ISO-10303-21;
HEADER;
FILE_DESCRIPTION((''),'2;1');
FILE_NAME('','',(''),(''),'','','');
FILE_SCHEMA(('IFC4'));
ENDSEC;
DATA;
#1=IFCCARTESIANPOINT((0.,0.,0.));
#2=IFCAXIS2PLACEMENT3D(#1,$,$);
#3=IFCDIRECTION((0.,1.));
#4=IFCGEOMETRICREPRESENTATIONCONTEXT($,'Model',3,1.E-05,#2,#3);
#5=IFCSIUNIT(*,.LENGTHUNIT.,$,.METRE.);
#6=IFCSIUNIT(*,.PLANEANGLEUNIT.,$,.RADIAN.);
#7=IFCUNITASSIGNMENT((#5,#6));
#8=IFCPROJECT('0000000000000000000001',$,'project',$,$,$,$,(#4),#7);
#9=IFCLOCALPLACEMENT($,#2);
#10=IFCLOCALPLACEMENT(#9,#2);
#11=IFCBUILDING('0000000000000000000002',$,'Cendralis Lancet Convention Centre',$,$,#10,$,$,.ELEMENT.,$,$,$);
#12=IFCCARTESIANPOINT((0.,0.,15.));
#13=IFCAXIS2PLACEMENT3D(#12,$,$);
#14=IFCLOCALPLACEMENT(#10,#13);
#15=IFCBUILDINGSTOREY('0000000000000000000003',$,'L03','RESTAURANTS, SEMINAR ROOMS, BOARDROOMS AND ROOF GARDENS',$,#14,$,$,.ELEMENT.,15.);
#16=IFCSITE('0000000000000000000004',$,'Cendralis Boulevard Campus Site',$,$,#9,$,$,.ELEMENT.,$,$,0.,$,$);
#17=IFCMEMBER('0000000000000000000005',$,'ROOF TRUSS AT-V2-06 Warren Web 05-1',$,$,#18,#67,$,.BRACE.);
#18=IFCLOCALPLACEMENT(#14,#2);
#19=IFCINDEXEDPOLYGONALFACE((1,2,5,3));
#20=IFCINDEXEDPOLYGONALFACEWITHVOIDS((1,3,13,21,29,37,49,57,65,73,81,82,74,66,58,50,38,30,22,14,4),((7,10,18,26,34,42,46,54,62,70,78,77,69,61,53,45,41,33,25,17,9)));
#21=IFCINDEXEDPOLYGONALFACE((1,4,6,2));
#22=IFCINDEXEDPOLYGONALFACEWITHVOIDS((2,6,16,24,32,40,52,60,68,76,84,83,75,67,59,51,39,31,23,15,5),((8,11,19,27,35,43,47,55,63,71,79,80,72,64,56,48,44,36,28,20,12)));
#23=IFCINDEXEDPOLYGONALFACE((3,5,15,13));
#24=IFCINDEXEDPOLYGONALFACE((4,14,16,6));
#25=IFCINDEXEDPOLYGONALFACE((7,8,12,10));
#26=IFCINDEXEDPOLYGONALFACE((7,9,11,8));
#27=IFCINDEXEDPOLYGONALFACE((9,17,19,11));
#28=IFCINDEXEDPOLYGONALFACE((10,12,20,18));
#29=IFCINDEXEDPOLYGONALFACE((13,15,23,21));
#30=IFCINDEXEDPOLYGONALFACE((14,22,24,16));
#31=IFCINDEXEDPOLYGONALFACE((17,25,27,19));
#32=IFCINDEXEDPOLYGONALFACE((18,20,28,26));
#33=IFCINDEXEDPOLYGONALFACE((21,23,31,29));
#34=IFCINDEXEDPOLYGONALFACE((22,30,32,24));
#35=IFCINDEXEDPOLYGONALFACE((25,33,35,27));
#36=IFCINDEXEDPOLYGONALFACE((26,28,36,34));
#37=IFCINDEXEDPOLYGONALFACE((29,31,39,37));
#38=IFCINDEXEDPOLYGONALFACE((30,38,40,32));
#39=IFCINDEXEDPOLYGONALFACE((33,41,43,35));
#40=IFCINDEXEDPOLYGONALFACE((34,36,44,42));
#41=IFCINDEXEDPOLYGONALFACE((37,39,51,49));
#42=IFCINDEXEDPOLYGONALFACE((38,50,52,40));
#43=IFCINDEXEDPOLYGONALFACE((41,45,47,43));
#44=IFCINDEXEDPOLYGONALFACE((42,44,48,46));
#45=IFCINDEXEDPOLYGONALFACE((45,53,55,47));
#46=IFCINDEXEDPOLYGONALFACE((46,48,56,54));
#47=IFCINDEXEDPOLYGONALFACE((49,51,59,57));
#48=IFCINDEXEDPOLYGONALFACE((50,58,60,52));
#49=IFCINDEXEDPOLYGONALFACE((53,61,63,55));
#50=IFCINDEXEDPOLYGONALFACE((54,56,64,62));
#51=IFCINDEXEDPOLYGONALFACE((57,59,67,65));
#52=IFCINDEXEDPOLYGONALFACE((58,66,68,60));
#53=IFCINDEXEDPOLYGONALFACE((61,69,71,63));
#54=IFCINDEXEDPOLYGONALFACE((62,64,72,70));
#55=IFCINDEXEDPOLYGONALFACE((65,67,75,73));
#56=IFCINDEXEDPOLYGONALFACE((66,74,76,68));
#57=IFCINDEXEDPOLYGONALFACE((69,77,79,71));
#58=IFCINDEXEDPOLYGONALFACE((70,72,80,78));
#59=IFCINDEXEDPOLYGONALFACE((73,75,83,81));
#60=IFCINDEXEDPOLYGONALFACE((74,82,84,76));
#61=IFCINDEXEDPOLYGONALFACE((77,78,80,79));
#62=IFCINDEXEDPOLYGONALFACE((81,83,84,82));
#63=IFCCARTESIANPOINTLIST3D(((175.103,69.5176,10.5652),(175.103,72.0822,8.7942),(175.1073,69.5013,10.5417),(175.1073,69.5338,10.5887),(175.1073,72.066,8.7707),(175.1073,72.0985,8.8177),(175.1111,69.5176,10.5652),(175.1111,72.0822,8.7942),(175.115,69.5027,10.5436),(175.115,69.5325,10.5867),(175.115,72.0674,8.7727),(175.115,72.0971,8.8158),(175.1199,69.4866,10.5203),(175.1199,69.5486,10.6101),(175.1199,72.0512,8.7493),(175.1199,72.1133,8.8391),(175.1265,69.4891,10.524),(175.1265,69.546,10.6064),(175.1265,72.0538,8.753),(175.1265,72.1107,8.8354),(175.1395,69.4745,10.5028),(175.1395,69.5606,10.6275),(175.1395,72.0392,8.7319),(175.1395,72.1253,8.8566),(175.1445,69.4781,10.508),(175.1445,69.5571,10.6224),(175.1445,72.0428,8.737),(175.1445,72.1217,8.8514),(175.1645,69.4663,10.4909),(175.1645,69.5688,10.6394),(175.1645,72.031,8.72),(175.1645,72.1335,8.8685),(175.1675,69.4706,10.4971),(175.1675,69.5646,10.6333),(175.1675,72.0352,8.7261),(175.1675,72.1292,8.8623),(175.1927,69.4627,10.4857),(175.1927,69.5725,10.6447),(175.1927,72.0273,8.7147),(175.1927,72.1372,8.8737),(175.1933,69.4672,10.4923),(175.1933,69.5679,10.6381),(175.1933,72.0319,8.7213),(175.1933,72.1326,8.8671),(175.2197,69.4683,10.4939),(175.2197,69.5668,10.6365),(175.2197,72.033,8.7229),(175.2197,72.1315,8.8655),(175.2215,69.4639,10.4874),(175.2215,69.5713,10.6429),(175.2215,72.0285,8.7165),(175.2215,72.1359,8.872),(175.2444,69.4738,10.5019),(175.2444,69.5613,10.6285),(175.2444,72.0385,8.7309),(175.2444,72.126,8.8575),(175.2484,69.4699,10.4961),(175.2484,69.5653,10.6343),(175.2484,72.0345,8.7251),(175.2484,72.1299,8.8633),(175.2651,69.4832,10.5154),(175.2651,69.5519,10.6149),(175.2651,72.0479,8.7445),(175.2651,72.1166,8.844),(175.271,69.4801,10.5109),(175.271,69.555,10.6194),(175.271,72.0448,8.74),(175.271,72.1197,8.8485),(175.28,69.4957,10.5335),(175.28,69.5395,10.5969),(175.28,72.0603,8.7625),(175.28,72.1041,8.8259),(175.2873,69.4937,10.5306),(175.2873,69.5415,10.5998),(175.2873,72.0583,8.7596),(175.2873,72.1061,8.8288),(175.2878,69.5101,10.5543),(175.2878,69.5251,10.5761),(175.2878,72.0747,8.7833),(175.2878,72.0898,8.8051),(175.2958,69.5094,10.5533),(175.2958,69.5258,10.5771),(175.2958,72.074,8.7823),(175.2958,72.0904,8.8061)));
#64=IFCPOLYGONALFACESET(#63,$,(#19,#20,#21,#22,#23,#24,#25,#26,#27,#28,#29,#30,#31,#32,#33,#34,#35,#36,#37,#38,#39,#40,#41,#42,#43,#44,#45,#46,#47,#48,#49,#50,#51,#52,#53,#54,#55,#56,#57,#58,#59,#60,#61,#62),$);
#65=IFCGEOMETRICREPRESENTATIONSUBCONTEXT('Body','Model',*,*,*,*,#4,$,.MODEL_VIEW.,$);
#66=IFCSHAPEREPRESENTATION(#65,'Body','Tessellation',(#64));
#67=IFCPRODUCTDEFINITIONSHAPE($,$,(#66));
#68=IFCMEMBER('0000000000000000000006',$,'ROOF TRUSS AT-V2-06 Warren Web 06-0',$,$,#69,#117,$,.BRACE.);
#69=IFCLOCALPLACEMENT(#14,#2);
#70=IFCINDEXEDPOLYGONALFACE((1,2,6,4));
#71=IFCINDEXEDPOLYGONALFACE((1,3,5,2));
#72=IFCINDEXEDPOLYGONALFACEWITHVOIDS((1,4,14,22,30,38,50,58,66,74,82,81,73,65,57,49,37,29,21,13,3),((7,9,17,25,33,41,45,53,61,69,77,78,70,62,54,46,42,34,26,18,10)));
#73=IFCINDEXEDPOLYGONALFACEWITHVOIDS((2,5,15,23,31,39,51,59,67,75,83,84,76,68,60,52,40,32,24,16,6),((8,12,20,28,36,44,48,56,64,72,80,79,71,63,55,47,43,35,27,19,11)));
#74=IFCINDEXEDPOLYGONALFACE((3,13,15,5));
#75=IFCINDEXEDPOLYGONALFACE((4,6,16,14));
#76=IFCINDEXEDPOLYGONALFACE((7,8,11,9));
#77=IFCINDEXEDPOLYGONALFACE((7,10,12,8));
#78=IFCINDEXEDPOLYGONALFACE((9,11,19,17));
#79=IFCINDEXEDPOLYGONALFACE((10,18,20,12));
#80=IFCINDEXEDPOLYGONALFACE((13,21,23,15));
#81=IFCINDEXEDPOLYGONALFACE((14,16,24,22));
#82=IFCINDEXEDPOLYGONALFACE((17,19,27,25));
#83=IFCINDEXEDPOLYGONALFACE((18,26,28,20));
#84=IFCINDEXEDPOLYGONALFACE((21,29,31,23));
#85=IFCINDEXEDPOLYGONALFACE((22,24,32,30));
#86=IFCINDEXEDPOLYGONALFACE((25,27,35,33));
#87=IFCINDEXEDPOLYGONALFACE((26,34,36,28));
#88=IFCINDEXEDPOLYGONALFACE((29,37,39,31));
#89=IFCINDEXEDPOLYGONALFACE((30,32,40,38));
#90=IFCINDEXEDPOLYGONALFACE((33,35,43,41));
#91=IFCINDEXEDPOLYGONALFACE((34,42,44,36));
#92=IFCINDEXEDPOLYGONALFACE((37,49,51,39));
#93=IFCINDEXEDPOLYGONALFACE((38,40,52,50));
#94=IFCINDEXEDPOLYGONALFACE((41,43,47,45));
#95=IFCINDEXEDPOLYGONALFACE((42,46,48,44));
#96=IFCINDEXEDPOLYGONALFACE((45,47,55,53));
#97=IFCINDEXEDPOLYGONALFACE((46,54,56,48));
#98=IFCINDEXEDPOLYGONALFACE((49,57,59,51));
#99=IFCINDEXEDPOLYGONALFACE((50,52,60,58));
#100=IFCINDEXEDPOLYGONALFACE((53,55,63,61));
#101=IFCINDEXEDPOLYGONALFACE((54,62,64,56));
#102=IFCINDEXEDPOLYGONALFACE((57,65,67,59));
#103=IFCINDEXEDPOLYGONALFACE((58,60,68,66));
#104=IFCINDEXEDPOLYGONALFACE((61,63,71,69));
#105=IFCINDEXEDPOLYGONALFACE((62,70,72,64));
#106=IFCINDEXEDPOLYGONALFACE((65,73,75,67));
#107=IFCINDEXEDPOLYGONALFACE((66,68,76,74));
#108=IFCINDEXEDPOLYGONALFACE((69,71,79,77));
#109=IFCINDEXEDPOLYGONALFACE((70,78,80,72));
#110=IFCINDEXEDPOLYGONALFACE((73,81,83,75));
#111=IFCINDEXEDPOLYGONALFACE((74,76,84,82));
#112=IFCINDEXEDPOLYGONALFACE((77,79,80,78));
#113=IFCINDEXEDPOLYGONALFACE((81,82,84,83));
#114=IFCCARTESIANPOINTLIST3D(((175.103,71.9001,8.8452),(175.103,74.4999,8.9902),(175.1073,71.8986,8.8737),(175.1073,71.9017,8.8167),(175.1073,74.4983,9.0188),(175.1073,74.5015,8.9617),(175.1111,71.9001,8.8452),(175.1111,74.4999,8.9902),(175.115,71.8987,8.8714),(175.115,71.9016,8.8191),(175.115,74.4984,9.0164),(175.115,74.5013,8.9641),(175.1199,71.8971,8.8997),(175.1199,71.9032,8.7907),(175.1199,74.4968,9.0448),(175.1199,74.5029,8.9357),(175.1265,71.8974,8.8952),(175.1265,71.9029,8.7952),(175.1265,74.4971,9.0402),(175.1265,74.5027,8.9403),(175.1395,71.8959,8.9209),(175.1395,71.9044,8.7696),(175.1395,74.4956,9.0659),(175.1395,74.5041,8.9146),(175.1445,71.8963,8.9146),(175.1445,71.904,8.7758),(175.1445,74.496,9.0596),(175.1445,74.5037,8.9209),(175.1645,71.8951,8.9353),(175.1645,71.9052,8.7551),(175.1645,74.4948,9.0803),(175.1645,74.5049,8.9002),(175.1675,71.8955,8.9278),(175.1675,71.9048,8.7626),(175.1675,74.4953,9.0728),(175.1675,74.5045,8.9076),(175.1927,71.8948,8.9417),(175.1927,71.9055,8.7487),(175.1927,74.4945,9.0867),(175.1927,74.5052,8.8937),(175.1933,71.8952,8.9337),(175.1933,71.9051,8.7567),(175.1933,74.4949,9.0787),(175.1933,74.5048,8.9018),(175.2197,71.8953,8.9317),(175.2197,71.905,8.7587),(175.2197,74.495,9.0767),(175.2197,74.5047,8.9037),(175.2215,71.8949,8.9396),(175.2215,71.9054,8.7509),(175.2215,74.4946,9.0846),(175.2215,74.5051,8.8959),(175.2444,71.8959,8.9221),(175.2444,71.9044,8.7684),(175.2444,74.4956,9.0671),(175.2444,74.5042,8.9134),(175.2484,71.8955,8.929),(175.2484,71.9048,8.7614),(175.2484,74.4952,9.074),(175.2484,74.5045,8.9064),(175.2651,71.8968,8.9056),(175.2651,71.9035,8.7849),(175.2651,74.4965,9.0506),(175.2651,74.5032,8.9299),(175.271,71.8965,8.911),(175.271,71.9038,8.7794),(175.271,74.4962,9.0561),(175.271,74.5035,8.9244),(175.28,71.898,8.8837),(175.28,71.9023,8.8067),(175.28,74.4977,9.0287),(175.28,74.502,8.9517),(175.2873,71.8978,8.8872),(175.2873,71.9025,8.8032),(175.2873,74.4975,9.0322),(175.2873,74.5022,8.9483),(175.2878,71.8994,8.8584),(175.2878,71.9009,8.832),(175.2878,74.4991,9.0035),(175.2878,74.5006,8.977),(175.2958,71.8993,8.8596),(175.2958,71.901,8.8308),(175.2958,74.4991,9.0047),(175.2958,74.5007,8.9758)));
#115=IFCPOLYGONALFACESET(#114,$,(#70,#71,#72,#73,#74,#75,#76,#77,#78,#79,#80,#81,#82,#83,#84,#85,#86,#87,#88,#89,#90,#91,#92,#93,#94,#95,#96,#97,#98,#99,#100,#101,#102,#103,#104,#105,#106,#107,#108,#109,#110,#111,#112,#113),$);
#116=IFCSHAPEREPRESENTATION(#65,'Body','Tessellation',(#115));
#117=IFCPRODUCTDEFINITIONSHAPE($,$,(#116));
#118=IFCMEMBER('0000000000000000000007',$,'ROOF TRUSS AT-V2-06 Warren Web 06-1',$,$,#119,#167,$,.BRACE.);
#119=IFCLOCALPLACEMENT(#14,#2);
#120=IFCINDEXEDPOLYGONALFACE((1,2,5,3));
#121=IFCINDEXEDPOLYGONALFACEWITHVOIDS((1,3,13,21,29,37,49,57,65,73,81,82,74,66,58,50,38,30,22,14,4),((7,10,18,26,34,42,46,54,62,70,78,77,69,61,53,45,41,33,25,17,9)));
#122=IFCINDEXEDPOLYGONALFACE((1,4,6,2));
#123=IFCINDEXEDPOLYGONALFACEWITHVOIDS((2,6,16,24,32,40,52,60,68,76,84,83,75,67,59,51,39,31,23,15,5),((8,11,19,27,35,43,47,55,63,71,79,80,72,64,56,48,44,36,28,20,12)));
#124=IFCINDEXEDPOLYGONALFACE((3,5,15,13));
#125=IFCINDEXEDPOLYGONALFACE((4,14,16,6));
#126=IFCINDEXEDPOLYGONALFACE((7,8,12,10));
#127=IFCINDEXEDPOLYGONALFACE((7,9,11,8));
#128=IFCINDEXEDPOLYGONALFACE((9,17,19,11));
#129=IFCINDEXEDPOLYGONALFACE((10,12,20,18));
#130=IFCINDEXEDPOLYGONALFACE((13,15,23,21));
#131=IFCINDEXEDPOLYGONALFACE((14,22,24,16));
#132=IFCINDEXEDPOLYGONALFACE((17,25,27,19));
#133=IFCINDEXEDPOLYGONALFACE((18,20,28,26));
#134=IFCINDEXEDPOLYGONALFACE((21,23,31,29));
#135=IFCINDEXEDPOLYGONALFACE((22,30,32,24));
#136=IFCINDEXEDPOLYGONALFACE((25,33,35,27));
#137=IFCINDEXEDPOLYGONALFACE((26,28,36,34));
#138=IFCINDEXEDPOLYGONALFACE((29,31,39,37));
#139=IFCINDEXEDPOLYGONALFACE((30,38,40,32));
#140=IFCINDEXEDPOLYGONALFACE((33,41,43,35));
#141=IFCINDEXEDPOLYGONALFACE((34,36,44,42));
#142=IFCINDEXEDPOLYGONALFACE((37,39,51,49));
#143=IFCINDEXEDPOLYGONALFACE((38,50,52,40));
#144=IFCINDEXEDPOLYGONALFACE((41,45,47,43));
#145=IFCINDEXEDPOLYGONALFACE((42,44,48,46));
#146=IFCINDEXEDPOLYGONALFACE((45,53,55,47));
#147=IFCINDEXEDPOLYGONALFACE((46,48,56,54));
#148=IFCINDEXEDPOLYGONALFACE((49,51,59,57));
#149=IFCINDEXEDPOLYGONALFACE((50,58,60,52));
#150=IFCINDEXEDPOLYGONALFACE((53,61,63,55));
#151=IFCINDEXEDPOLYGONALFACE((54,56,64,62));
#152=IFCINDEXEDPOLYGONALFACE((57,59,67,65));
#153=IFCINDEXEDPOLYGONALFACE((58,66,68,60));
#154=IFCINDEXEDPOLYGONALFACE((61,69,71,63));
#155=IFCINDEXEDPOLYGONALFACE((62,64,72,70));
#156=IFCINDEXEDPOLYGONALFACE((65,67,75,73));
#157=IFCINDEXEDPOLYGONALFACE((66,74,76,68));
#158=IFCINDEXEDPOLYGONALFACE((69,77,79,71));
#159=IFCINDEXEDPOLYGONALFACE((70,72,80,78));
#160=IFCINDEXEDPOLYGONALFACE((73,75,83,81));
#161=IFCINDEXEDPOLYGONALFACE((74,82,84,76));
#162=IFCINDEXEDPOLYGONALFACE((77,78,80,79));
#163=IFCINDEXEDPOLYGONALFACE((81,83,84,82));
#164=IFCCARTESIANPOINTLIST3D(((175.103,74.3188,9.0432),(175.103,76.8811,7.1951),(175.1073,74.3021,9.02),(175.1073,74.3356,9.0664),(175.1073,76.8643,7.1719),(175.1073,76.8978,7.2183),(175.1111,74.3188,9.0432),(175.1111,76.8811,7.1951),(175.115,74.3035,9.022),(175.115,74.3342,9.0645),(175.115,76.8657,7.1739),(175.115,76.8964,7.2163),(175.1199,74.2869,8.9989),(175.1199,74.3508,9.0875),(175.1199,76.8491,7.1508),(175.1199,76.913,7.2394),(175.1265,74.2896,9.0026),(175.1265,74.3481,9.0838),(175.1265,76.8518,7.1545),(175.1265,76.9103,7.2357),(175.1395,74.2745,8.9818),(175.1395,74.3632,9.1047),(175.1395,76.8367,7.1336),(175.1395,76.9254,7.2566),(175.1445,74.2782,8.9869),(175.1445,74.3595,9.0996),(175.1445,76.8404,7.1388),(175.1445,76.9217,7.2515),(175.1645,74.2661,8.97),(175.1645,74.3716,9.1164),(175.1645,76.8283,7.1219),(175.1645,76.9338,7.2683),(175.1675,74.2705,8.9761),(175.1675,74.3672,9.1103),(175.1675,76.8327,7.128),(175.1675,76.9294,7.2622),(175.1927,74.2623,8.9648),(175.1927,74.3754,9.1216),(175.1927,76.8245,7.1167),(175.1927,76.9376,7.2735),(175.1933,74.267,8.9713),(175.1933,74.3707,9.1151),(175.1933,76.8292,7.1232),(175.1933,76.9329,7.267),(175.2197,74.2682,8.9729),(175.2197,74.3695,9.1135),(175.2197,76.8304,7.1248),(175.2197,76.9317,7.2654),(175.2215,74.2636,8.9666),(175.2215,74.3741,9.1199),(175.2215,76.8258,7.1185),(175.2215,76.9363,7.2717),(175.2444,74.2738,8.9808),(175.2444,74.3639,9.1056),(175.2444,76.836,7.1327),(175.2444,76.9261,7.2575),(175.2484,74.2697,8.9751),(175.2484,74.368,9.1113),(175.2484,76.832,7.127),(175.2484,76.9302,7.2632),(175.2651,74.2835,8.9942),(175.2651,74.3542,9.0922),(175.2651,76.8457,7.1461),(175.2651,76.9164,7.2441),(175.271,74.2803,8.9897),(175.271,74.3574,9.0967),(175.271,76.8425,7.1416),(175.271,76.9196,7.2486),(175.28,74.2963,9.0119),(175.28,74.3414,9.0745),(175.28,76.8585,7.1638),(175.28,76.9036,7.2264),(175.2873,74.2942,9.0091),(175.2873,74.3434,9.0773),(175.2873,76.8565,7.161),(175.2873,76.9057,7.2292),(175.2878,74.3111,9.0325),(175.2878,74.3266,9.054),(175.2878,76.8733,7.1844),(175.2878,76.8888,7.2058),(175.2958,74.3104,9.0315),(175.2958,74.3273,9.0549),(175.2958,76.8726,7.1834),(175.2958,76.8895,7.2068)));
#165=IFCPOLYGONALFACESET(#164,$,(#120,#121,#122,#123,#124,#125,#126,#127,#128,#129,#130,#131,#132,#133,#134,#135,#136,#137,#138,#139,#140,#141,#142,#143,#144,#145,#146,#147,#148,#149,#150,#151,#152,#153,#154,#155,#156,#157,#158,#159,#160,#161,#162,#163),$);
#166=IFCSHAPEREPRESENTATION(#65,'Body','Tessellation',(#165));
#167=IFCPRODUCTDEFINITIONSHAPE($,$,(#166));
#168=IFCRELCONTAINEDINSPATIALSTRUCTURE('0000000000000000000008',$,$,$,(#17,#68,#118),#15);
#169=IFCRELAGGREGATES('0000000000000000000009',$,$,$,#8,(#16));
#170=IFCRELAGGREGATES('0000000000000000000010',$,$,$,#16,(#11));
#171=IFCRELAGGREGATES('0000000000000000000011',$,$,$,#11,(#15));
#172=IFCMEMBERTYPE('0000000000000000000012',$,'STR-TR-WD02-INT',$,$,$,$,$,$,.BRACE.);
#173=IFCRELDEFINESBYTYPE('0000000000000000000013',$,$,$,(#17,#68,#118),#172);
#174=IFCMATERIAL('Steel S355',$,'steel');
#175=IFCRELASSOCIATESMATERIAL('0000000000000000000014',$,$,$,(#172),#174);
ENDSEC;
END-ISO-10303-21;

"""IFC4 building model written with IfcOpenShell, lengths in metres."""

from ifc_helpers import new_model, si_unit, direction, frame, origin, origin_2d, place, context, subcontext, project, spatial, hollow_circle, extrude, material, material_profile, profile_set, type_object, element, save


model = new_model("IFC4")

# Units and contexts
model_context = context("Model", 3, precision=1e-05, world=origin(), true_north=direction((0.0, 1.0)))
body_context = subcontext(model_context, "Body", "Model", "MODEL_VIEW")
ifc_project = project(units=[si_unit("LENGTHUNIT", "METRE"), si_unit("PLANEANGLEUNIT", "RADIAN")], contexts=[model_context])

# Site, building, storey
site_placement = place(None, origin())
site = spatial("IfcSite", under=ifc_project, at=site_placement, Name="Cendralis Boulevard Campus Site", CompositionType="ELEMENT", RefElevation=0.0)
building_placement = place(site_placement, origin())
building = spatial("IfcBuilding", under=site, at=building_placement, Name="Cendralis Lancet Convention Centre", CompositionType="ELEMENT")
storey_placement = place(building_placement, frame((0.0, 0.0, 15.0)))
storey = spatial("IfcBuildingStorey", under=building, at=storey_placement, Name="L03", Description="RESTAURANTS, SEMINAR ROOMS, BOARDROOMS AND ROOF GARDENS", CompositionType="ELEMENT", Elevation=15.0)

# Members
ifc_material = material(Name="Steel S355", Category="steel")
ifc_material_profile_1 = material_profile(ifc_material, hollow_circle(Radius=0.0969, WallThickness=0.0081, at=origin_2d()), Name="CHS 193.7x8.0")
ifc_profile_set_1 = profile_set([ifc_material_profile_1], Name="Steel S355")
member_type_1 = type_object("IfcMemberType", Name="STR-TR-WD02-INT", PredefinedType="BRACE", material=ifc_profile_set_1)
member_1_placement = place(storey_placement, frame((175.2, 69.5176, 10.5652), z_axis=(0.0, 0.822877, -0.56822), x_axis=(-1.0, 0.0, 0.0)))
element("IfcMember", 1, at=member_1_placement, inside=storey, type_object=member_type_1, Name="ROOF TRUSS AT-V2-06 Warren Web 05-1", PredefinedType="BRACE", context=body_context, shape_type="SweptSolid", body=[
    extrude(hollow_circle(Radius=0.0969, WallThickness=0.0081, at=origin_2d()), origin(), (0.0, 0.0, 1.0), 3.1167),
])
member_2_placement = place(storey_placement, frame((175.2, 71.9001, 8.8452), z_axis=(0.0, 0.998448, 0.055699), x_axis=(-1.0, 0.0, 0.0)))
element("IfcMember", 2, at=member_2_placement, inside=storey, type_object=member_type_1, Name="ROOF TRUSS AT-V2-06 Warren Web 06-0", PredefinedType="BRACE", context=body_context, shape_type="SweptSolid", body=[
    extrude(hollow_circle(Radius=0.0969, WallThickness=0.0081, at=origin_2d()), origin(), (0.0, 0.0, 1.0), 2.6038),
])
member_3_placement = place(storey_placement, frame((175.2, 74.3188, 9.0432), z_axis=(0.0, 0.811036, -0.584997), x_axis=(-1.0, 0.0, 0.0)))
element("IfcMember", 3, at=member_3_placement, inside=storey, type_object=member_type_1, Name="ROOF TRUSS AT-V2-06 Warren Web 06-1", PredefinedType="BRACE", context=body_context, shape_type="SweptSolid", body=[
    extrude(hollow_circle(Radius=0.0969, WallThickness=0.0081, at=origin_2d()), origin(), (0.0, 0.0, 1.0), 3.1592),
])

save(model, "model.ifc")
